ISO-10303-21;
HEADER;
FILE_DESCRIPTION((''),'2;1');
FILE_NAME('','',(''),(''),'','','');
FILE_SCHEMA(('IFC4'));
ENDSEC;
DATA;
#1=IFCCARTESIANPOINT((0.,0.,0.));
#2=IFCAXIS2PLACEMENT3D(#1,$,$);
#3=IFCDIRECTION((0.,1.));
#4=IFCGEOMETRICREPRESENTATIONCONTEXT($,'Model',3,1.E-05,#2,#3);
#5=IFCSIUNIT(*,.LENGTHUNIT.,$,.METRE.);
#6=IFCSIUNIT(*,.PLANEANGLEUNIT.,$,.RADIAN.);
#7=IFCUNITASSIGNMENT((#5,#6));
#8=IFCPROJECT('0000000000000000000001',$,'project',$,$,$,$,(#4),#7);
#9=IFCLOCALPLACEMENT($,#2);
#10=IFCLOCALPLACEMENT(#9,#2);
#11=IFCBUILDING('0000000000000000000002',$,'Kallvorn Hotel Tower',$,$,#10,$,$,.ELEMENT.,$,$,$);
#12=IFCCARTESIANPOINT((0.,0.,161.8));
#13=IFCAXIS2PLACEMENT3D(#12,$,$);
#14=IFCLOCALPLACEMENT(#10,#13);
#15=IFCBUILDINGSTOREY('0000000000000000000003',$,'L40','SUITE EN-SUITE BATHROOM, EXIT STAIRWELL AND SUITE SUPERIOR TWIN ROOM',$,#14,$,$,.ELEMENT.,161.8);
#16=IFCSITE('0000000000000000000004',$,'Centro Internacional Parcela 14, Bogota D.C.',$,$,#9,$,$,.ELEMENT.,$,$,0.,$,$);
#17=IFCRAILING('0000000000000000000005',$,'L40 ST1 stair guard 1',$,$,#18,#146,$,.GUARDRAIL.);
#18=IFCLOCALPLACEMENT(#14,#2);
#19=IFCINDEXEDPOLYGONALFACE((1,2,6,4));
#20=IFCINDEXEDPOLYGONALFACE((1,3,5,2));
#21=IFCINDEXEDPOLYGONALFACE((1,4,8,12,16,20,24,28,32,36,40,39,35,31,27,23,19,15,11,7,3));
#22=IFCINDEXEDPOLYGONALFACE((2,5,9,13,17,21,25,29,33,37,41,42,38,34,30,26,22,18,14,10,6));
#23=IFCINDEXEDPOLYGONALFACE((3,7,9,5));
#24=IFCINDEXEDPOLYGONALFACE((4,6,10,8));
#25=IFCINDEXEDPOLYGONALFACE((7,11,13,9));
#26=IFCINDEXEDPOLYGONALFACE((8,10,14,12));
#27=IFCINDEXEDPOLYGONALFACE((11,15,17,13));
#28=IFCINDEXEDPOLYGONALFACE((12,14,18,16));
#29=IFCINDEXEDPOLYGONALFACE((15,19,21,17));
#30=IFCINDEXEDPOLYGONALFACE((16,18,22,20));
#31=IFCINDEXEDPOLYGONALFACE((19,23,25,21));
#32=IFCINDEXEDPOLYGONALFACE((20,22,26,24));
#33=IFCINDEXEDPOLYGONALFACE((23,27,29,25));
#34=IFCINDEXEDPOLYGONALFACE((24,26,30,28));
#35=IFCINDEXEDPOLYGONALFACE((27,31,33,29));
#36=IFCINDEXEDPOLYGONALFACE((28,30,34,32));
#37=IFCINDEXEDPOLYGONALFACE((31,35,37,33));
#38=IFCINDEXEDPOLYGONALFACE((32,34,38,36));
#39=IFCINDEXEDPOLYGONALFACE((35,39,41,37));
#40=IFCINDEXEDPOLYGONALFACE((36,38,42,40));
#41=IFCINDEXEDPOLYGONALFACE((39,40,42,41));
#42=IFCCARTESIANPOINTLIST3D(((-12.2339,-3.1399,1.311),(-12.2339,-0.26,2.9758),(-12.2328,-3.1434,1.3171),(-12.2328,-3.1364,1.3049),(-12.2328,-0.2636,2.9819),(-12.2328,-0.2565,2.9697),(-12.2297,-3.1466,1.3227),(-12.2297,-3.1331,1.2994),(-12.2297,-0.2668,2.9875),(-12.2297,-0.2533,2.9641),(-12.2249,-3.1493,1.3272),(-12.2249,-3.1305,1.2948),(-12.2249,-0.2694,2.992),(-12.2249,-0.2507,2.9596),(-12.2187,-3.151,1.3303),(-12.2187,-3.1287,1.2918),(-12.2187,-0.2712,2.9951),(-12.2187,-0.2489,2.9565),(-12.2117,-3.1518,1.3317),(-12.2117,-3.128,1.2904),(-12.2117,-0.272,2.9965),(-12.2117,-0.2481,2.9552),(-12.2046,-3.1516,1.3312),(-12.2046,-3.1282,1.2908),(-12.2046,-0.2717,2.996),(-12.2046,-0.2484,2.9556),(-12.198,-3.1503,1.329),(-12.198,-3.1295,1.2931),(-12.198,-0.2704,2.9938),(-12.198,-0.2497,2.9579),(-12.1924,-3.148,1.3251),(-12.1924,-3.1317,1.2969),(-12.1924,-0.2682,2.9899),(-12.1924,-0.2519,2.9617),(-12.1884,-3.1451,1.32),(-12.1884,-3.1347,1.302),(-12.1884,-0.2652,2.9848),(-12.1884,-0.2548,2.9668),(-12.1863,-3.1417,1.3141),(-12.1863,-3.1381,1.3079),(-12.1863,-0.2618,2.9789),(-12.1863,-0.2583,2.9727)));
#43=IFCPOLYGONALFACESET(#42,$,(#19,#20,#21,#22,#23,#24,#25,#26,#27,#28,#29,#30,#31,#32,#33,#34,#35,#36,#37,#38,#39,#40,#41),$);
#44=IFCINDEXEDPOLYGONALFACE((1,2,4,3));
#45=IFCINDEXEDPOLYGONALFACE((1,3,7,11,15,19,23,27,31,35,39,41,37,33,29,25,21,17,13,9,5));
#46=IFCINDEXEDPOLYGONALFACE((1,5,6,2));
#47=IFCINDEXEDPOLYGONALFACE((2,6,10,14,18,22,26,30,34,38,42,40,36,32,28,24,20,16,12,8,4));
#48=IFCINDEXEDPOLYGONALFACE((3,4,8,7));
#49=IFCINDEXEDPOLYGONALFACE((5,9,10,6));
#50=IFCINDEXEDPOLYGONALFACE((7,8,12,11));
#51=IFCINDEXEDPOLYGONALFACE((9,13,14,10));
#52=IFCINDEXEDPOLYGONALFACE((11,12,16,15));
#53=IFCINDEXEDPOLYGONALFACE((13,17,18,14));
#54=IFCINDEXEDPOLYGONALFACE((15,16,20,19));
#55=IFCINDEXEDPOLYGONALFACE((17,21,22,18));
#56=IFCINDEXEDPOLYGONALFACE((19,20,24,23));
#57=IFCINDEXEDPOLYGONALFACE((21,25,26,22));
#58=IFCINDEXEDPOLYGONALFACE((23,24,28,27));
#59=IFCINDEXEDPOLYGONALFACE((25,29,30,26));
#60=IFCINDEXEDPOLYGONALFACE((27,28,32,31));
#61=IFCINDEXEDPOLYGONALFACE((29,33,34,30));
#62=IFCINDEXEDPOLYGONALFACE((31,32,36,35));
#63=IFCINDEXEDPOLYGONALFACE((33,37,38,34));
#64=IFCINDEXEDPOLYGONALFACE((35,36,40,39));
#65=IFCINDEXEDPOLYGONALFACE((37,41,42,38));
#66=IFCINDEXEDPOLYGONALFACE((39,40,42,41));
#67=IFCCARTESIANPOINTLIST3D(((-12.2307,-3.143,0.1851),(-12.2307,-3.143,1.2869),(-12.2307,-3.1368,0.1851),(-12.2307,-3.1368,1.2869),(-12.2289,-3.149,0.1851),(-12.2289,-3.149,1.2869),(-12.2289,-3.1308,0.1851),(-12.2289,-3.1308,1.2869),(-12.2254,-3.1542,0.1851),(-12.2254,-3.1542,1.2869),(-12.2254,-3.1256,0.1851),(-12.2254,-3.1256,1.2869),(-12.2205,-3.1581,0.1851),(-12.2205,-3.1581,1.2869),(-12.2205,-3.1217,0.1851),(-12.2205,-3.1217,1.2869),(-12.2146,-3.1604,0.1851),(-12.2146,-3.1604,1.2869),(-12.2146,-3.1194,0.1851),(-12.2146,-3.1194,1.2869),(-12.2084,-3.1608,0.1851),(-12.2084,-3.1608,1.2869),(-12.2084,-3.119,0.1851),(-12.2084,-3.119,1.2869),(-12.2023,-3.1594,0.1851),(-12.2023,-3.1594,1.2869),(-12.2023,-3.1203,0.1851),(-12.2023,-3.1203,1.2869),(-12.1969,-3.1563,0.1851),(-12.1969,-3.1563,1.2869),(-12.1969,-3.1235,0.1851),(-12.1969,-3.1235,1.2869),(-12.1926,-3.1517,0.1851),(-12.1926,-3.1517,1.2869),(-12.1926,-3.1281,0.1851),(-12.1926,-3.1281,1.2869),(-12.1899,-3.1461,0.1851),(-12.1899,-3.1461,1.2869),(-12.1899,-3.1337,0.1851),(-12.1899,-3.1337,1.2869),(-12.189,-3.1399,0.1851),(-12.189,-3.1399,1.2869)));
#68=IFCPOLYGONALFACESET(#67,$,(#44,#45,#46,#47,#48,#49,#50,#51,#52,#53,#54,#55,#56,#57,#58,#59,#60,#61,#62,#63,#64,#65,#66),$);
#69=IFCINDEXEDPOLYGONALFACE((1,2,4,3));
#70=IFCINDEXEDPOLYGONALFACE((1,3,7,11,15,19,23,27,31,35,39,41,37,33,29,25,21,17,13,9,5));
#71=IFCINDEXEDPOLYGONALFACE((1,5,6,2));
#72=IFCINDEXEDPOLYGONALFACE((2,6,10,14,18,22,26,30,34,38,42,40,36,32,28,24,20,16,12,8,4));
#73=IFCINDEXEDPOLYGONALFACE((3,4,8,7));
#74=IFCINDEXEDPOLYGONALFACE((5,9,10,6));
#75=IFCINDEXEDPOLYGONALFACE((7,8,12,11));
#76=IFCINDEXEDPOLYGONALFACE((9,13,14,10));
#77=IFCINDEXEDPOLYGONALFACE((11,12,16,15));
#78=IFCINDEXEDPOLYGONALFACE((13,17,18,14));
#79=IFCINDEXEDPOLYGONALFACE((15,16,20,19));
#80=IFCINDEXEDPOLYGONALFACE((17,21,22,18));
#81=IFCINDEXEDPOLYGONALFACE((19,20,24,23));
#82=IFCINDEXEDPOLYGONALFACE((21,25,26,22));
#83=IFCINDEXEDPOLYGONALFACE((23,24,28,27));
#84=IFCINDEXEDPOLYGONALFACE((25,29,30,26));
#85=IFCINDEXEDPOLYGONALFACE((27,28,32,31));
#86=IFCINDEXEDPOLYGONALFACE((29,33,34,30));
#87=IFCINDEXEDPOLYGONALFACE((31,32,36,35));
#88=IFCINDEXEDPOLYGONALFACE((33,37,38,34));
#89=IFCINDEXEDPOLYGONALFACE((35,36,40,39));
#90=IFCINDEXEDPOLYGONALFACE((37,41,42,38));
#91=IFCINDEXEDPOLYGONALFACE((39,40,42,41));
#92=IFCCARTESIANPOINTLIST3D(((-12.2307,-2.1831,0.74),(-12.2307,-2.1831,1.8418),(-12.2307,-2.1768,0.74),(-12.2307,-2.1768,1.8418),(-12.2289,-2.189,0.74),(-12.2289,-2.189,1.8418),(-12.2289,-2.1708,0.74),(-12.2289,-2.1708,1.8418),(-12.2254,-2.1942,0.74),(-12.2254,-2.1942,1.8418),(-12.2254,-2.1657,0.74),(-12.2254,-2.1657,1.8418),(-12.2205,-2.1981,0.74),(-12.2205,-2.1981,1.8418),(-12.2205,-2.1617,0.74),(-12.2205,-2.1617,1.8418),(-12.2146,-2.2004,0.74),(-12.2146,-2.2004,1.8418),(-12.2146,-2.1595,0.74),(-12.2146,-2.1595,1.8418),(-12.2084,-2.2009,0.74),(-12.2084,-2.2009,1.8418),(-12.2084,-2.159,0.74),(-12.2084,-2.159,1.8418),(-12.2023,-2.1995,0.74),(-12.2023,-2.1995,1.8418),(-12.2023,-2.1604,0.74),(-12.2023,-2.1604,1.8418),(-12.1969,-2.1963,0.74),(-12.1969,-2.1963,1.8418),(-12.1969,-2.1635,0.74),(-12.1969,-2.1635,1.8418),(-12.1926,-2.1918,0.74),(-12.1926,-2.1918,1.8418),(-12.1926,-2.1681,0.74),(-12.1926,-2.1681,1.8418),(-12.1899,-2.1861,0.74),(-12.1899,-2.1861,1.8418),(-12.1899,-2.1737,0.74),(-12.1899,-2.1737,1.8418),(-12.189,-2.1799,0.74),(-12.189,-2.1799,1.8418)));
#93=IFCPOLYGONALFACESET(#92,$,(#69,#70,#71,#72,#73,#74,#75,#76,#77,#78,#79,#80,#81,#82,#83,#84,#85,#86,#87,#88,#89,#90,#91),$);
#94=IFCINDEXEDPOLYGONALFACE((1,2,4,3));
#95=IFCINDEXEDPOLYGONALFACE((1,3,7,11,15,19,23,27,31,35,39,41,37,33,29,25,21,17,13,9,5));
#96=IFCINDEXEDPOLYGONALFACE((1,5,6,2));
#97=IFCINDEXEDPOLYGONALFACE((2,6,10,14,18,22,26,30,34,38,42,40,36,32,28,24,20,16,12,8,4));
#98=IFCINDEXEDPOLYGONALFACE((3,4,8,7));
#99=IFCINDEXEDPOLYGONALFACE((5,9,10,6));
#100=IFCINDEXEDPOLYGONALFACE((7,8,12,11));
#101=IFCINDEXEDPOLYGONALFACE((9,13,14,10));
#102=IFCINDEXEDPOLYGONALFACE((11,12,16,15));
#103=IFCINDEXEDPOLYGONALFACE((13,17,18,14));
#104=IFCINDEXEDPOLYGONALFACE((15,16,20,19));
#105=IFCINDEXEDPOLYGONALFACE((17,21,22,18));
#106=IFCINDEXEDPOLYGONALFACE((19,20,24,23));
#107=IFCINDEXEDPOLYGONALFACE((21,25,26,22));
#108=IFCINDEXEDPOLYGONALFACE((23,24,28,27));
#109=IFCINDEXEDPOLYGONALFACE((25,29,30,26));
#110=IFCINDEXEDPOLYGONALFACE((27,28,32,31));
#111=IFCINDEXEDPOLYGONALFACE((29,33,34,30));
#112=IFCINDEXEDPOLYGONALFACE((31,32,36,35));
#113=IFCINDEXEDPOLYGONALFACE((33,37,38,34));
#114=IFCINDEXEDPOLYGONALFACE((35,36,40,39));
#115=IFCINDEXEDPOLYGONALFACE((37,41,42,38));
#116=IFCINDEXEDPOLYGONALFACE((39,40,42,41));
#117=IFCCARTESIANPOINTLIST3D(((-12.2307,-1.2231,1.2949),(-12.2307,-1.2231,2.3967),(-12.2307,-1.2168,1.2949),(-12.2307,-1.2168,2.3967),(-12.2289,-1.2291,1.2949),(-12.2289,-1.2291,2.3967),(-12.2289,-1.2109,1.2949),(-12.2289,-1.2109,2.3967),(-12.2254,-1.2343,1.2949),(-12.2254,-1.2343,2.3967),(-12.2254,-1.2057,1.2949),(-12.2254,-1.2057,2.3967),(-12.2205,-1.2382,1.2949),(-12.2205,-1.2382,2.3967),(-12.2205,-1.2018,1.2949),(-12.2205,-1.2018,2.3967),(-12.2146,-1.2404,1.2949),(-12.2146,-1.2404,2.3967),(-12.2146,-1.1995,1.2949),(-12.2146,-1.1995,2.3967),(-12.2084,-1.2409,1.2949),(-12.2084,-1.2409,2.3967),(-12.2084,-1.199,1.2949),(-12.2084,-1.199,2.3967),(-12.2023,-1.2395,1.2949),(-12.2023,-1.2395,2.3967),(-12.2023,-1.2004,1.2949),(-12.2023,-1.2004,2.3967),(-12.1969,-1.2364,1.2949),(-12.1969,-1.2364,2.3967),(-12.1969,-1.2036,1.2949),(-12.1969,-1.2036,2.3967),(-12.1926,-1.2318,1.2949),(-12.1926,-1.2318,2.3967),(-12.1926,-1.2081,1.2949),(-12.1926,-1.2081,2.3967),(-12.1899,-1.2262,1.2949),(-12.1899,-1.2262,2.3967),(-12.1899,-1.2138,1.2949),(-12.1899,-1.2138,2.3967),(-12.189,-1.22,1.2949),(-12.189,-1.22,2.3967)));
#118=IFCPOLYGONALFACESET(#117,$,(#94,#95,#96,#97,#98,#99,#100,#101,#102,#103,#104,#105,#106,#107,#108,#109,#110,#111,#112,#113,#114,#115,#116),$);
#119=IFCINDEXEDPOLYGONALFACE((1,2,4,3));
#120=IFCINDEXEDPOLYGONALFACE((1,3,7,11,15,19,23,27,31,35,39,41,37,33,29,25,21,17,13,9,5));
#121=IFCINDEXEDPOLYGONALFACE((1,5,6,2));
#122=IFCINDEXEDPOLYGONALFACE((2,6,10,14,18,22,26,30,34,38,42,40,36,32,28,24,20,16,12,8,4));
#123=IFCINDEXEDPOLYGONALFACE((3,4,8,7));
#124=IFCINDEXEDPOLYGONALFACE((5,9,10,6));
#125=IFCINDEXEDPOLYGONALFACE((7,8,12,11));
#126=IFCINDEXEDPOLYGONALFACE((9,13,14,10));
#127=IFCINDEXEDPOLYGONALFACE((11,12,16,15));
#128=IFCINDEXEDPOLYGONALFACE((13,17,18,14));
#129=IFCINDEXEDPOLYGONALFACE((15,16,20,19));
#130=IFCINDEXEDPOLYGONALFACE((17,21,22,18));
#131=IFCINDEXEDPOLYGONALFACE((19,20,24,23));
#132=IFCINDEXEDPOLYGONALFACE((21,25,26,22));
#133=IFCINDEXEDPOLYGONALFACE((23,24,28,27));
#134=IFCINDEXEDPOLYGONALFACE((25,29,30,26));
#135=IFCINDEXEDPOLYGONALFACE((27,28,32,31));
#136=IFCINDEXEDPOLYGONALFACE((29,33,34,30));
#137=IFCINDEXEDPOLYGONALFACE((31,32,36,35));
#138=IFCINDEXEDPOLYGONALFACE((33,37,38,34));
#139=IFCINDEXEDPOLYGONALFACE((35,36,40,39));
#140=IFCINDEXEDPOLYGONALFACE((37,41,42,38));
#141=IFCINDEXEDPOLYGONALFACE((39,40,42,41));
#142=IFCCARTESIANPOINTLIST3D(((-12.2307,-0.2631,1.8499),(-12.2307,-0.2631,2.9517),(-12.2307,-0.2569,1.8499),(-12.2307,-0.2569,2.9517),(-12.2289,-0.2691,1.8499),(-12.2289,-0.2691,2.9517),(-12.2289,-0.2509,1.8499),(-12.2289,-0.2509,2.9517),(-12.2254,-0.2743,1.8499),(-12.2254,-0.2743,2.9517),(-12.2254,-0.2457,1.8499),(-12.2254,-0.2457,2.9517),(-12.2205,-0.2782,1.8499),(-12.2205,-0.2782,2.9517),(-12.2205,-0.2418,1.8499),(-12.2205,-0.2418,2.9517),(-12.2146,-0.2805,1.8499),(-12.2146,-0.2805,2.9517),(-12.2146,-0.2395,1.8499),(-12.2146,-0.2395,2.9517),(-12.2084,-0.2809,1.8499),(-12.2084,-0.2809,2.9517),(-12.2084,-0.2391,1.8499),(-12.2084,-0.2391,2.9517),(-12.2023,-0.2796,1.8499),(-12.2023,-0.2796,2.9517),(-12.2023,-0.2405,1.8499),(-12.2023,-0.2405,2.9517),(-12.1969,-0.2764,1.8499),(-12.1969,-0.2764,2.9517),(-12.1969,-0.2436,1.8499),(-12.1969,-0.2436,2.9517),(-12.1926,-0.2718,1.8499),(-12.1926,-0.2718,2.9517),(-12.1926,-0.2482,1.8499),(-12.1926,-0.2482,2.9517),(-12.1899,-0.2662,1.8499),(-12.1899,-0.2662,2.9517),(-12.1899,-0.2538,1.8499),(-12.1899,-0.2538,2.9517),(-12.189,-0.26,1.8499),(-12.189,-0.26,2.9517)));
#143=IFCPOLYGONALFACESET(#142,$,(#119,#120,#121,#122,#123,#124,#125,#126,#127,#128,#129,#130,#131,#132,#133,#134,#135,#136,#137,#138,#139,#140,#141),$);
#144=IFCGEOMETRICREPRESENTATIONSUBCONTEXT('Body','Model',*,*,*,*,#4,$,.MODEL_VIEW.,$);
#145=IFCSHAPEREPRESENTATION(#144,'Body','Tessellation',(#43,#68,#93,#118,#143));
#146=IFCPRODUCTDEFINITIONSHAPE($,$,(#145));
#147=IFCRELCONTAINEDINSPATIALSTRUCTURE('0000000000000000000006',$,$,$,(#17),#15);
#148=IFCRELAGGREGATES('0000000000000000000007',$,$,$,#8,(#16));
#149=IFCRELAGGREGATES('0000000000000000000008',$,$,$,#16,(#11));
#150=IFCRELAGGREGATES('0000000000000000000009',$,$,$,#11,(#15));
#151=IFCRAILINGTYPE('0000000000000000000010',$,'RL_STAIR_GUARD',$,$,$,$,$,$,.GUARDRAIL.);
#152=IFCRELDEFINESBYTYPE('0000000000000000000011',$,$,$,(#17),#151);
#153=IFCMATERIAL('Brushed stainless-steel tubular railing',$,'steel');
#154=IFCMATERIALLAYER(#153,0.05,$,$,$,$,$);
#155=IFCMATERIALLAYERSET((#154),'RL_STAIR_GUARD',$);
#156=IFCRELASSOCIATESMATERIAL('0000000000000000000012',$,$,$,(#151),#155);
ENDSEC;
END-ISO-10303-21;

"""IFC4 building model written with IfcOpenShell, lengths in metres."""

from ifc_helpers import new_model, si_unit, direction, frame, origin, origin_2d, place, context, subcontext, project, spatial, circle, extrude, material, layer, layer_set, type_object, element, save


model = new_model("IFC4")

# Units and contexts
model_context = context("Model", 3, precision=1e-05, world=origin(), true_north=direction((0.0, 1.0)))
body_context = subcontext(model_context, "Body", "Model", "MODEL_VIEW")
ifc_project = project(units=[si_unit("LENGTHUNIT", "METRE"), si_unit("PLANEANGLEUNIT", "RADIAN")], contexts=[model_context])

# Site, building, storey
site_placement = place(None, origin())
site = spatial("IfcSite", under=ifc_project, at=site_placement, Name="Centro Internacional Parcela 14, Bogota D.C.", CompositionType="ELEMENT", RefElevation=0.0)
building_placement = place(site_placement, origin())
building = spatial("IfcBuilding", under=site, at=building_placement, Name="Kallvorn Hotel Tower", CompositionType="ELEMENT")
storey_placement = place(building_placement, frame((0.0, 0.0, 161.8)))
storey = spatial("IfcBuildingStorey", under=building, at=storey_placement, Name="L40", Description="SUITE EN-SUITE BATHROOM, EXIT STAIRWELL AND SUITE SUPERIOR TWIN ROOM", CompositionType="ELEMENT", Elevation=161.8)

# Railing
ifc_material_1 = material(Name="Brushed stainless-steel tubular railing", Category="steel")
ifc_layer_1 = layer(ifc_material_1, 0.05)
ifc_layer_set_1 = layer_set([ifc_layer_1], Name="RL_STAIR_GUARD")
railing_type_1 = type_object("IfcRailingType", Name="RL_STAIR_GUARD", PredefinedType="GUARDRAIL", material=ifc_layer_set_1)
railing_1_placement = place(storey_placement, frame((-12.21, -3.1399, 0.1851)))
element("IfcRailing", 1, at=railing_1_placement, inside=storey, type_object=railing_type_1, Name="L40 ST1 stair guard 1", PredefinedType="GUARDRAIL", context=body_context, shape_type="SweptSolid", body=[
    extrude(circle(Radius=0.0239, at=origin_2d()), frame((0.0, 0.0, 1.126), z_axis=(0.0, 0.865753, 0.500472), x_axis=(-1.0, 0.0, 0.0)), (0.0, 0.0, 1.0), 3.3264),
    extrude(circle(Radius=0.021, at=origin_2d()), origin(), (0.0, 0.0, 1.0), 1.1018),
    extrude(circle(Radius=0.021, at=origin_2d()), frame((0.0, 0.96, 0.5549)), (0.0, 0.0, 1.0), 1.1018),
    extrude(circle(Radius=0.021, at=origin_2d()), frame((0.0, 1.9199, 1.1099)), (0.0, 0.0, 1.0), 1.1018),
    extrude(circle(Radius=0.021, at=origin_2d()), frame((0.0, 2.8799, 1.6648)), (0.0, 0.0, 1.0), 1.1018),
])

save(model, "model.ifc")
